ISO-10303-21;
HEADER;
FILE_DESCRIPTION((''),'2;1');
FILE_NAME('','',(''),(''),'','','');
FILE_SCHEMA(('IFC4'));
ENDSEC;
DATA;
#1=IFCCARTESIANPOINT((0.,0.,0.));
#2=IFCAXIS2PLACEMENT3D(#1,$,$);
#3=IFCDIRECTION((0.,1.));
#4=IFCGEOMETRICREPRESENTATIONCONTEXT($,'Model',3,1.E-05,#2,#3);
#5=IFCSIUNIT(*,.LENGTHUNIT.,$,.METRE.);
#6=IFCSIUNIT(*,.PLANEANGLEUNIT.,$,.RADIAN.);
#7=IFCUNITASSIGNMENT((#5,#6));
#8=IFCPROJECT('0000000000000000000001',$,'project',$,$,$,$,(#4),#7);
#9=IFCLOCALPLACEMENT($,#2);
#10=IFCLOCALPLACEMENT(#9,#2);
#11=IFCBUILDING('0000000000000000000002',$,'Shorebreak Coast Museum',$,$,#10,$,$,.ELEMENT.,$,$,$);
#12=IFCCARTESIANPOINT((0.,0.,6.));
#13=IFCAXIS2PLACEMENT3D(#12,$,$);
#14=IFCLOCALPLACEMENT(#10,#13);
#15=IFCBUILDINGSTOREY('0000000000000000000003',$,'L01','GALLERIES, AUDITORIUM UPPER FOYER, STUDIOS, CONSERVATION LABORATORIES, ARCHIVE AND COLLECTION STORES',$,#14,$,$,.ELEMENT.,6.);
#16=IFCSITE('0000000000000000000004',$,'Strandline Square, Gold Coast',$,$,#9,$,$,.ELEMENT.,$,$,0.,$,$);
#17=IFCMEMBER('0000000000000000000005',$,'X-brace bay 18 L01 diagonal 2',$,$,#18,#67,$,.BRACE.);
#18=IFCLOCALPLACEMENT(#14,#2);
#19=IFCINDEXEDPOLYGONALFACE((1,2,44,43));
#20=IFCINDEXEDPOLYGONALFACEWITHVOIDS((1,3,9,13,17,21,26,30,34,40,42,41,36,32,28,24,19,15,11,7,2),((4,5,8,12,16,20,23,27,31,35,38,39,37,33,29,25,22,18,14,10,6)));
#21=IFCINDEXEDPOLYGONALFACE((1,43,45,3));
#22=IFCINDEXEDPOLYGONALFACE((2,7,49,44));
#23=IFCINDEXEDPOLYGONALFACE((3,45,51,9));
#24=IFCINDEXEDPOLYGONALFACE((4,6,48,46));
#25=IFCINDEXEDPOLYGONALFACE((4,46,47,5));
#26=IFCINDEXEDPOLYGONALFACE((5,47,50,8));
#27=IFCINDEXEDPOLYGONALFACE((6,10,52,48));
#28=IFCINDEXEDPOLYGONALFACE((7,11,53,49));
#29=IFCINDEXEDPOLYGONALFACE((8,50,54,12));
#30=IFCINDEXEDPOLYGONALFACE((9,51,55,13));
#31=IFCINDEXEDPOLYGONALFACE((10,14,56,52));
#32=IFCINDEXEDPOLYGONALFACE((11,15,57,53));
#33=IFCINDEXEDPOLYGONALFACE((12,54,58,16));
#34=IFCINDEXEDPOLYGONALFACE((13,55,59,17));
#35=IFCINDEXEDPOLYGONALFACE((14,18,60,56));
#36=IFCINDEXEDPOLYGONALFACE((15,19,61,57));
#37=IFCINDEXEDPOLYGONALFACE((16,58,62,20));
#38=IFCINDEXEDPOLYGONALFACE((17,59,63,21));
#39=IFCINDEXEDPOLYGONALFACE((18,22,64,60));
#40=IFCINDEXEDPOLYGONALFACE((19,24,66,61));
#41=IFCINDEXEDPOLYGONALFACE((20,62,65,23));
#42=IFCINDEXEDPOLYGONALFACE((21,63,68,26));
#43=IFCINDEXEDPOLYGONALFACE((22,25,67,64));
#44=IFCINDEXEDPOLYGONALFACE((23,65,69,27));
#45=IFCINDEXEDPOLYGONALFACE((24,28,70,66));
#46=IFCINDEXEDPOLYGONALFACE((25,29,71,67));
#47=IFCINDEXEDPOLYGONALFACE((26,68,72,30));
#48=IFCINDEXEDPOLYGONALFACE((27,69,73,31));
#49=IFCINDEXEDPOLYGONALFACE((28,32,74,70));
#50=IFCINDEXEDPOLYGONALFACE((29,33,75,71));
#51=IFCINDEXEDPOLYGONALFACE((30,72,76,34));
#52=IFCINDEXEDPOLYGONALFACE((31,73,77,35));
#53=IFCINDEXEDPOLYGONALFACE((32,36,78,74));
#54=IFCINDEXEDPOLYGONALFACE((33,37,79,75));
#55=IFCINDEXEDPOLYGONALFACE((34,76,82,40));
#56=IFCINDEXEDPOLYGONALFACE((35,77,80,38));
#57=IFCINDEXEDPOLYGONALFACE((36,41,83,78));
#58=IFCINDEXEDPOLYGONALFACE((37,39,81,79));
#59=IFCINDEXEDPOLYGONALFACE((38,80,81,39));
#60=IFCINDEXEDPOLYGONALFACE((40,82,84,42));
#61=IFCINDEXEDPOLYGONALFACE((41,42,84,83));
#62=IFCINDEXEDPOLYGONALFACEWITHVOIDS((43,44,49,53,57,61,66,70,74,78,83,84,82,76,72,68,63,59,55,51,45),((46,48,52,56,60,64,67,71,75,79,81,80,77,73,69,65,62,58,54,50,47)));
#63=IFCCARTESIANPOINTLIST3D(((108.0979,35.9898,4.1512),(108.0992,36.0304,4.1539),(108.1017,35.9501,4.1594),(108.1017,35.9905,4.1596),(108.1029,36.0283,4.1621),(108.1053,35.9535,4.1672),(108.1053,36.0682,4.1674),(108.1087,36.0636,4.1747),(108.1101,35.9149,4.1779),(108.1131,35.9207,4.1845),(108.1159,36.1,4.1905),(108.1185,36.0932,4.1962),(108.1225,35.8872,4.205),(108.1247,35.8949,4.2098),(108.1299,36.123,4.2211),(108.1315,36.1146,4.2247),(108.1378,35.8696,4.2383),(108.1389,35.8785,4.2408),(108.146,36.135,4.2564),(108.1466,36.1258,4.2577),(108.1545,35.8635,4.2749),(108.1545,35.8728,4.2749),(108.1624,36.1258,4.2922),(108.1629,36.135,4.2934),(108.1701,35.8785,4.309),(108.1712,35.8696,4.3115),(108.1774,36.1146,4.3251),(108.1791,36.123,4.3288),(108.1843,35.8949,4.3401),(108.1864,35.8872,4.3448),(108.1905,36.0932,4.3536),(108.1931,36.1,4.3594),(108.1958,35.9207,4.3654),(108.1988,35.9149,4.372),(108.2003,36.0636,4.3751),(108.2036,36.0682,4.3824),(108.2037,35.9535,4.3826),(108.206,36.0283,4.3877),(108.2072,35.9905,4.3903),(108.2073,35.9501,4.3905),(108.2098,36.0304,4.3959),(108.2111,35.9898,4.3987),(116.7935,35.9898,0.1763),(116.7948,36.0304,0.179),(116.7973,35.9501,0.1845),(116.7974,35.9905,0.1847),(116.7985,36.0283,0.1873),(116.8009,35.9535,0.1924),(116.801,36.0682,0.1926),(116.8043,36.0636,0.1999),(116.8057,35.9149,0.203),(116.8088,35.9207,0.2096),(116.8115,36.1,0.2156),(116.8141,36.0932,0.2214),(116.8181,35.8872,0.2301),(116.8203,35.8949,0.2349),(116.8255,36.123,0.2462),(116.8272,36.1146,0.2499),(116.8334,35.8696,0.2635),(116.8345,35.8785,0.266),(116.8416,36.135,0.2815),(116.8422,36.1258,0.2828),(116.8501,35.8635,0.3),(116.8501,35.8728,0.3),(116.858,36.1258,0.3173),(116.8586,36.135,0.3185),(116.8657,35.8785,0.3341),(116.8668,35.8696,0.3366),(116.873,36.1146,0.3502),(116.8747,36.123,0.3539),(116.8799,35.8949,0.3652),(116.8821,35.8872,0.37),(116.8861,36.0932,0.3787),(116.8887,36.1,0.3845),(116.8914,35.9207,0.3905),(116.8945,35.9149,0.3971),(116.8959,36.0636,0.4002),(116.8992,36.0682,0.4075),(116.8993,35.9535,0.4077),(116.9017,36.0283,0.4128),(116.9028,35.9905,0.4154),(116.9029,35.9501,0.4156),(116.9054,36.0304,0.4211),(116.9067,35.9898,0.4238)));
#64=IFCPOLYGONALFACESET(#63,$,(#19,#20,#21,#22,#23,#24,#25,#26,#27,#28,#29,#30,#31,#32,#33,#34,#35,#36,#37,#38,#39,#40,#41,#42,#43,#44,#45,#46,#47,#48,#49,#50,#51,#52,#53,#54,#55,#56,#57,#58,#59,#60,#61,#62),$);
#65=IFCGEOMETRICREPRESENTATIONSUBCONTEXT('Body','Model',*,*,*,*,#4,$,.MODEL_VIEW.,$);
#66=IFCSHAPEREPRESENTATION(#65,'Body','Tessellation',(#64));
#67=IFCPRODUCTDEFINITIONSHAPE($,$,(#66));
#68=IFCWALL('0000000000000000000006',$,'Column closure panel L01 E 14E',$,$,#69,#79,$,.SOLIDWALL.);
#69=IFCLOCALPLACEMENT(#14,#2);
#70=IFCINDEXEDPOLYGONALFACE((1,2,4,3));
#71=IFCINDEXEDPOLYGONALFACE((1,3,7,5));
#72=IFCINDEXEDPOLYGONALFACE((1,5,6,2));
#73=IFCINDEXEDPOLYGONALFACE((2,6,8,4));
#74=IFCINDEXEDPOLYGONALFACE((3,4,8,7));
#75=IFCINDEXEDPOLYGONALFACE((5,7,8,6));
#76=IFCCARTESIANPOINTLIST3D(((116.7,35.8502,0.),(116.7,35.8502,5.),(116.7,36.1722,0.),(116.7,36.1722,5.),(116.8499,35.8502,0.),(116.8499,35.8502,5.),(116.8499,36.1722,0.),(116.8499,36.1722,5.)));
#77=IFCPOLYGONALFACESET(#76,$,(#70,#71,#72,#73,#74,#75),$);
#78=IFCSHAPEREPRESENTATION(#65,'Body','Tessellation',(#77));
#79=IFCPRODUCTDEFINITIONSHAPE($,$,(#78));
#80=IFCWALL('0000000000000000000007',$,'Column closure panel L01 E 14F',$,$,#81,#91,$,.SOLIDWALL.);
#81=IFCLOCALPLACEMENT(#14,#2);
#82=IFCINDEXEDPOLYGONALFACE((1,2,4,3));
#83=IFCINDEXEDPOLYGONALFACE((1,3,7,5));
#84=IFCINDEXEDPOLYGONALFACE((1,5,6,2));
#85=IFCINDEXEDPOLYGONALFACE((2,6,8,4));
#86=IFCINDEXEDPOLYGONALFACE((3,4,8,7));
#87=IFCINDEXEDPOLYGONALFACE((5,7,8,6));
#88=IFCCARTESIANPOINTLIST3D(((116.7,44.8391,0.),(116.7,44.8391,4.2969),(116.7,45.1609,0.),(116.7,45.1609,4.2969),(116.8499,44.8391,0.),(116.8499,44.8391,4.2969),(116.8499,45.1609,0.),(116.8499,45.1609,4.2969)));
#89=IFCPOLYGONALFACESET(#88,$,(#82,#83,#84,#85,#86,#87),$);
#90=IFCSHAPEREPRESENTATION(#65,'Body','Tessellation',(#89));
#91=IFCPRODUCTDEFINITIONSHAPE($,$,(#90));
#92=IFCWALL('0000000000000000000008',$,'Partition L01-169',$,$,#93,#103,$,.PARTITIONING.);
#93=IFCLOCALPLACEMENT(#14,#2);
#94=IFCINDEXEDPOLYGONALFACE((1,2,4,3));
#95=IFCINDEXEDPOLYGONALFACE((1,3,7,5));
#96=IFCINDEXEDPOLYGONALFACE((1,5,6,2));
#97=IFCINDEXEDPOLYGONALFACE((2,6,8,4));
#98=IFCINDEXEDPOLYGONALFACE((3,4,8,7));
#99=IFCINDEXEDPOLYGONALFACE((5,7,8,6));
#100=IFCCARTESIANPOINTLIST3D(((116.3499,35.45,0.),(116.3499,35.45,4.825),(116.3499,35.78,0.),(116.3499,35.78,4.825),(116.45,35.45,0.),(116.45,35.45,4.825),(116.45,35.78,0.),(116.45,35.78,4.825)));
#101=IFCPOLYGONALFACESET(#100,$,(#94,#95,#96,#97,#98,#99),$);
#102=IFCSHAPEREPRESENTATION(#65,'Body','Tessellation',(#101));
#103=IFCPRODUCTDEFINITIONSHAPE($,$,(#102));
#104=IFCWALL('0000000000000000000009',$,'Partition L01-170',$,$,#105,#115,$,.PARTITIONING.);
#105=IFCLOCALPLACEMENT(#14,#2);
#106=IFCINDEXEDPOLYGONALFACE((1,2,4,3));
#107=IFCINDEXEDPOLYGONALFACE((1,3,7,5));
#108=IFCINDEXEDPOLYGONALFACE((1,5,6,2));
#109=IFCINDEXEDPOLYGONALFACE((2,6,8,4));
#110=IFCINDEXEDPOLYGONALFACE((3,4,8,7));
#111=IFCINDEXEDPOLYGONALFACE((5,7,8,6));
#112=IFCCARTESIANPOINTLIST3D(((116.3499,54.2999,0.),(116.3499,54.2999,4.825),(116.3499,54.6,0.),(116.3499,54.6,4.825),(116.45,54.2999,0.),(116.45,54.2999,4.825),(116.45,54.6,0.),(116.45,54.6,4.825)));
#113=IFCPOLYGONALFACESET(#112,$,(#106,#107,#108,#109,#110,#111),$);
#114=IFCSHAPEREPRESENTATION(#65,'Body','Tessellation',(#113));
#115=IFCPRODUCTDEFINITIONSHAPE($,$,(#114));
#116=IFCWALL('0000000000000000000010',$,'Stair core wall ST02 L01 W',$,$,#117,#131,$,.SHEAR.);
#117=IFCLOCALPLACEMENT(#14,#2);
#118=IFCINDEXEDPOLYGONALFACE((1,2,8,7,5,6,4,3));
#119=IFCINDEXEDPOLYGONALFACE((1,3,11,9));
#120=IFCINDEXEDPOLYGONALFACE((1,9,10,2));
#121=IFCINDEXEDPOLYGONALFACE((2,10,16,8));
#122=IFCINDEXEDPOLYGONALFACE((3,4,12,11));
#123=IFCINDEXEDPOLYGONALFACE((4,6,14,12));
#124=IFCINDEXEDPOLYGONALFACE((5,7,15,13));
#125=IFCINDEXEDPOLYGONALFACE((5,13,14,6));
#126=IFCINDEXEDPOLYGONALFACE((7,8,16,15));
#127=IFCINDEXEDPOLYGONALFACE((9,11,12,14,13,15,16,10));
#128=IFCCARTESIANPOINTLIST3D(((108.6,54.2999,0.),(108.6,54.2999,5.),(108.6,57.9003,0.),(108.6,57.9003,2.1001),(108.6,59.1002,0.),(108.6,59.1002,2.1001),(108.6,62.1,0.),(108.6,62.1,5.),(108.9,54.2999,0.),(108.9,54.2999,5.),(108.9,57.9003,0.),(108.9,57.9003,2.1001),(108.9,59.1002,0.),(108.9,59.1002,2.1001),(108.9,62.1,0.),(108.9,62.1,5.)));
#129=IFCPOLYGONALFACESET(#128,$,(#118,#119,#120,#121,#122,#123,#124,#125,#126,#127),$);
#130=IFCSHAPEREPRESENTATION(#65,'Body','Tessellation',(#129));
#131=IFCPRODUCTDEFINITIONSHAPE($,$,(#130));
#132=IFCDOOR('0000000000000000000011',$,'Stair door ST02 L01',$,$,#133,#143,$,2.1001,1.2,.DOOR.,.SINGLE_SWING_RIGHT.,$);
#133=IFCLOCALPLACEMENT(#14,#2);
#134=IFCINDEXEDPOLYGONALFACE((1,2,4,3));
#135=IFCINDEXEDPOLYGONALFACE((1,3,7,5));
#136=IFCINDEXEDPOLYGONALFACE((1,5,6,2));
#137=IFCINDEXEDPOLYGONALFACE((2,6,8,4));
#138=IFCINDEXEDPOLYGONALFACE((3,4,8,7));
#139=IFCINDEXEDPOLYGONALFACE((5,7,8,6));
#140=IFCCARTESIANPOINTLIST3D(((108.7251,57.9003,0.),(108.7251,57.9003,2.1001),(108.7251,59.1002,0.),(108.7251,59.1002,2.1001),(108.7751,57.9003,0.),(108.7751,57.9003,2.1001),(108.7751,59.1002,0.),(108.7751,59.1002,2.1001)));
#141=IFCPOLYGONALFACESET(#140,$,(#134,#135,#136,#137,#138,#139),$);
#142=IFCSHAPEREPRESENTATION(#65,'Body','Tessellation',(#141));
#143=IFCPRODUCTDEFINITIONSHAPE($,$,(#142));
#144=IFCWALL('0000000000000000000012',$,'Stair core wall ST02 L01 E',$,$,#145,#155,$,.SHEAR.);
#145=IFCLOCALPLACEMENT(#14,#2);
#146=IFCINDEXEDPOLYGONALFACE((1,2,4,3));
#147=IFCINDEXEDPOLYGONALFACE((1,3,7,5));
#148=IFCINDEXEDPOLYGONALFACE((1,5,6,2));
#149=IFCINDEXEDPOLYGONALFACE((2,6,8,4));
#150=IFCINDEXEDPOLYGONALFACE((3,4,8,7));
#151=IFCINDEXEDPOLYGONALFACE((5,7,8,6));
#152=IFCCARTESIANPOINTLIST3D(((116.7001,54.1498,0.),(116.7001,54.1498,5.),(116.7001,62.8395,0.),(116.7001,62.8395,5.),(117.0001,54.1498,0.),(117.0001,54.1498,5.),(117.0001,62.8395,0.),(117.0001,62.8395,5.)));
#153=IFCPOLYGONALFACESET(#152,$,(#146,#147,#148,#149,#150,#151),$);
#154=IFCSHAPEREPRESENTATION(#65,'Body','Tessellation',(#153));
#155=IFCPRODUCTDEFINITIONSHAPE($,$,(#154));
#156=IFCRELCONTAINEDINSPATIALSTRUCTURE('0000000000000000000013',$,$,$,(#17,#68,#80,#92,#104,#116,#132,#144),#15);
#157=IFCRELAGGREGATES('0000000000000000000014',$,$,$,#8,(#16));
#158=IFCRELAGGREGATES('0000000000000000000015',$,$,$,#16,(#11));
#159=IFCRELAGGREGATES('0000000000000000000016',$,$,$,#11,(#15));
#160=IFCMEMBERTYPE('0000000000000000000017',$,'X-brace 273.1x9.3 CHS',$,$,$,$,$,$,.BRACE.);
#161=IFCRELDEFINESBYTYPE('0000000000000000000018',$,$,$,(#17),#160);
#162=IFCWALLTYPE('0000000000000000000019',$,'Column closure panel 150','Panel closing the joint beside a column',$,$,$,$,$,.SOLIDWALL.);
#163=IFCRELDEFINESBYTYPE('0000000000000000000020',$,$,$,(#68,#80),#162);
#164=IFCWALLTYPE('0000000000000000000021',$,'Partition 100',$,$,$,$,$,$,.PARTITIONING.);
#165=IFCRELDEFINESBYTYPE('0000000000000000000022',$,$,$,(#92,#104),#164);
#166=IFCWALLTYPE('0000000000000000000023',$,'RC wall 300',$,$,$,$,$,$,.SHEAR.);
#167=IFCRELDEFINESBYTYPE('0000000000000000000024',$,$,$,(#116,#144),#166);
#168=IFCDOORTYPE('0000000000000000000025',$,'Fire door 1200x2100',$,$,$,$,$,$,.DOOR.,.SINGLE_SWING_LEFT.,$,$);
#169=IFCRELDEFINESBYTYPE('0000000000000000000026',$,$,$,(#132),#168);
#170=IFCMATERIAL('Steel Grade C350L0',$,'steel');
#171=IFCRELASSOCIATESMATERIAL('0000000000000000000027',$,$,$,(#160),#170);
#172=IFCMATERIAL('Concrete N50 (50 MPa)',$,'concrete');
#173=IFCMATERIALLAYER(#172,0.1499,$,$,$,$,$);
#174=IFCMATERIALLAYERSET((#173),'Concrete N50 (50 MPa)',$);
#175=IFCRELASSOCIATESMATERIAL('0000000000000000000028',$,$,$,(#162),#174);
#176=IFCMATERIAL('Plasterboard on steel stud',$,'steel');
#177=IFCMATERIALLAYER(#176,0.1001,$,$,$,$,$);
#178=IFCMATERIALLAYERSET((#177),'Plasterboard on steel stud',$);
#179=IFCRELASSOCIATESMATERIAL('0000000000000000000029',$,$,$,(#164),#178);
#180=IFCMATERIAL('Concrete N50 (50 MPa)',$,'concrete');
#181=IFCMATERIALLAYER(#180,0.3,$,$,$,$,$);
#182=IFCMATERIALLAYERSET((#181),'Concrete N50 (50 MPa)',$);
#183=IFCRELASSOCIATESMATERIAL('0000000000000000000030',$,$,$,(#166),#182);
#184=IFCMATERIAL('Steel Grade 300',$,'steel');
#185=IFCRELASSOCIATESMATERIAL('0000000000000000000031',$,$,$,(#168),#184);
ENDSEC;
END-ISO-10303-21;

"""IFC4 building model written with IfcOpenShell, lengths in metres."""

from ifc_helpers import new_model, si_unit, direction, frame, frame_2d, origin, origin_2d, place, context, subcontext, project, spatial, rectangle, hollow_circle, extrude, material, layer, layer_set, material_profile, profile_set, type_object, element, fill, save


model = new_model("IFC4")

# Units and contexts
model_context = context("Model", 3, precision=1e-05, world=origin(), true_north=direction((0.0, 1.0)))
body_context = subcontext(model_context, "Body", "Model", "MODEL_VIEW")
ifc_project = project(units=[si_unit("LENGTHUNIT", "METRE"), si_unit("PLANEANGLEUNIT", "RADIAN")], contexts=[model_context])

# Site, building, storey
site_placement = place(None, origin())
site = spatial("IfcSite", under=ifc_project, at=site_placement, Name="Strandline Square, Gold Coast", CompositionType="ELEMENT", RefElevation=0.0)
building_placement = place(site_placement, origin())
building = spatial("IfcBuilding", under=site, at=building_placement, Name="Shorebreak Coast Museum", CompositionType="ELEMENT")
storey_placement = place(building_placement, frame((0.0, 0.0, 6.0)))
storey = spatial("IfcBuildingStorey", under=building, at=storey_placement, Name="L01", Description="GALLERIES, AUDITORIUM UPPER FOYER, STUDIOS, CONSERVATION LABORATORIES, ARCHIVE AND COLLECTION STORES", CompositionType="ELEMENT", Elevation=6.0)

# Member
ifc_material_1 = material(Name="Steel Grade C350L0", Category="steel")
ifc_material_profile = material_profile(ifc_material_1, hollow_circle(Radius=0.1365, WallThickness=0.0093, at=origin_2d()), Name="273.1x9.3 CHS")
ifc_profile_set = profile_set([ifc_material_profile], Name="Steel Grade C350L0")
member_type = type_object("IfcMemberType", Name="X-brace 273.1x9.3 CHS", PredefinedType="BRACE", material=ifc_profile_set)
member_placement = place(storey_placement, frame((116.8501, 36.0, 0.3), z_axis=(-0.909485, 0.0, 0.415737), x_axis=(0.0, -1.0, 0.0)))
element("IfcMember", 1, at=member_placement, inside=storey, type_object=member_type, Name="X-brace bay 18 L01 diagonal 2", PredefinedType="BRACE", context=body_context, shape_type="SweptSolid", body=[
    extrude(hollow_circle(Radius=0.1365, WallThickness=0.0093, at=origin_2d()), origin(), (0.0, 0.0, 1.0), 9.561),
])

# Walls
ifc_material_2 = material(Name="Concrete N50 (50 MPa)", Category="concrete")
ifc_layer_1 = layer(ifc_material_2, 0.1499)
ifc_layer_set_1 = layer_set([ifc_layer_1], Name="Concrete N50 (50 MPa)")
wall_type_1 = type_object("IfcWallType", Name="Column closure panel 150", Description="Panel closing the joint beside a column", PredefinedType="SOLIDWALL", material=ifc_layer_set_1)
wall_1_placement = place(storey_placement, frame((116.7749, 35.8501, 0.0), z_axis=(0.0, 0.0, 1.0), x_axis=(0.0, 1.0, 0.0)))
element("IfcWall", 2, at=wall_1_placement, inside=storey, type_object=wall_type_1, Name="Column closure panel L01 E 14E", PredefinedType="SOLIDWALL", context=body_context, shape_type="SweptSolid", body=[
    extrude(rectangle(XDim=0.322, YDim=0.1499, at=frame_2d((0.1611, 0.0))), origin(), (0.0, 0.0, 1.0), 5.0),
])
wall_2_placement = place(storey_placement, frame((116.7749, 44.8391, 0.0), z_axis=(0.0, 0.0, 1.0), x_axis=(0.0, 1.0, 0.0)))
element("IfcWall", 3, at=wall_2_placement, inside=storey, type_object=wall_type_1, Name="Column closure panel L01 E 14F", PredefinedType="SOLIDWALL", context=body_context, shape_type="SweptSolid", body=[
    extrude(rectangle(XDim=0.3218, YDim=0.1499, at=frame_2d((0.1609, 0.0))), origin(), (0.0, 0.0, 1.0), 4.2969),
])
ifc_material_3 = material(Name="Plasterboard on steel stud", Category="steel")
ifc_layer_2 = layer(ifc_material_3, 0.1001)
ifc_layer_set_2 = layer_set([ifc_layer_2], Name="Plasterboard on steel stud")
wall_type_2 = type_object("IfcWallType", Name="Partition 100", PredefinedType="PARTITIONING", material=ifc_layer_set_2)
wall_3_placement = place(storey_placement, frame((116.3999, 35.45, 0.0), z_axis=(0.0, 0.0, 1.0), x_axis=(0.0, 1.0, 0.0)))
element("IfcWall", 4, at=wall_3_placement, inside=storey, type_object=wall_type_2, Name="Partition L01-169", PredefinedType="PARTITIONING", context=body_context, shape_type="SweptSolid", body=[
    extrude(rectangle(XDim=0.3301, YDim=0.1001, at=frame_2d((0.165, 0.0))), origin(), (0.0, 0.0, 1.0), 4.825),
])
wall_4_placement = place(storey_placement, frame((116.3999, 54.3, 0.0), z_axis=(0.0, 0.0, 1.0), x_axis=(0.0, 1.0, 0.0)))
element("IfcWall", 5, at=wall_4_placement, inside=storey, type_object=wall_type_2, Name="Partition L01-170", PredefinedType="PARTITIONING", context=body_context, shape_type="SweptSolid", body=[
    extrude(rectangle(XDim=0.3, YDim=0.1001, at=frame_2d((0.1499, 0.0))), origin(), (0.0, 0.0, 1.0), 4.825),
])

# Wall, opening, door
ifc_material_4 = material(Name="Concrete N50 (50 MPa)", Category="concrete")
ifc_layer_3 = layer(ifc_material_4, 0.3)
ifc_layer_set_3 = layer_set([ifc_layer_3], Name="Concrete N50 (50 MPa)")
wall_type_3 = type_object("IfcWallType", Name="RC wall 300", PredefinedType="SHEAR", material=ifc_layer_set_3)
wall_5_placement = place(storey_placement, frame((108.75, 54.3, 0.0), z_axis=(0.0, 0.0, 1.0), x_axis=(0.0, 1.0, 0.0)))
wall_5 = element("IfcWall", 6, at=wall_5_placement, inside=storey, type_object=wall_type_3, Name="Stair core wall ST02 L01 W", PredefinedType="SHEAR", context=body_context, shape_type="SweptSolid", body=[
    extrude(rectangle(XDim=7.8, YDim=0.3, at=frame_2d((3.8999, 0.0))), origin(), (0.0, 0.0, 1.0), 5.0),
])
opening_1_placement = place(wall_5_placement, frame((3.6001, 0.0, 0.0)))
opening_1 = element("IfcOpeningElement", 7, at=opening_1_placement, cuts=wall_5, PredefinedType="OPENING", context=body_context, shape_type="SweptSolid", body=[
    extrude(rectangle(XDim=1.2, YDim=2.1001, at=frame_2d((0.6001, 1.05))), frame((0.0, 0.1599, 0.0), z_axis=(0.0, -1.0, 0.0), x_axis=(1.0, 0.0, 0.0)), (0.0, 0.0, 1.0), 0.3201),
])
ifc_material_5 = material(Name="Steel Grade 300", Category="steel")
door_type = type_object("IfcDoorType", Name="Fire door 1200x2100", OperationType="SINGLE_SWING_LEFT", PredefinedType="DOOR", material=ifc_material_5)
door_placement = place(opening_1_placement, origin())
door = element("IfcDoor", 8, at=door_placement, inside=storey, type_object=door_type, Name="Stair door ST02 L01", OperationType="SINGLE_SWING_RIGHT", OverallHeight=2.1001, OverallWidth=1.2, PredefinedType="DOOR", context=body_context, shape_type="SweptSolid", body=[
    extrude(rectangle(XDim=1.2, YDim=2.1001, at=frame_2d((0.6001, 1.05))), frame((0.0, 0.0249, 0.0), z_axis=(0.0, -1.0, 0.0), x_axis=(1.0, 0.0, 0.0)), (0.0, 0.0, 1.0), 0.05),
])
fill(opening_1, door)

# Wall
wall_6_placement = place(storey_placement, frame((116.8501, 54.1499, 0.0), z_axis=(0.0, 0.0, 1.0), x_axis=(0.0, 1.0, 0.0)))
element("IfcWall", 9, at=wall_6_placement, inside=storey, type_object=wall_type_3, Name="Stair core wall ST02 L01 E", PredefinedType="SHEAR", context=body_context, shape_type="SweptSolid", body=[
    extrude(rectangle(XDim=8.6897, YDim=0.3, at=frame_2d((4.3447, 0.0))), origin(), (0.0, 0.0, 1.0), 5.0),
])

save(model, "model.ifc")
